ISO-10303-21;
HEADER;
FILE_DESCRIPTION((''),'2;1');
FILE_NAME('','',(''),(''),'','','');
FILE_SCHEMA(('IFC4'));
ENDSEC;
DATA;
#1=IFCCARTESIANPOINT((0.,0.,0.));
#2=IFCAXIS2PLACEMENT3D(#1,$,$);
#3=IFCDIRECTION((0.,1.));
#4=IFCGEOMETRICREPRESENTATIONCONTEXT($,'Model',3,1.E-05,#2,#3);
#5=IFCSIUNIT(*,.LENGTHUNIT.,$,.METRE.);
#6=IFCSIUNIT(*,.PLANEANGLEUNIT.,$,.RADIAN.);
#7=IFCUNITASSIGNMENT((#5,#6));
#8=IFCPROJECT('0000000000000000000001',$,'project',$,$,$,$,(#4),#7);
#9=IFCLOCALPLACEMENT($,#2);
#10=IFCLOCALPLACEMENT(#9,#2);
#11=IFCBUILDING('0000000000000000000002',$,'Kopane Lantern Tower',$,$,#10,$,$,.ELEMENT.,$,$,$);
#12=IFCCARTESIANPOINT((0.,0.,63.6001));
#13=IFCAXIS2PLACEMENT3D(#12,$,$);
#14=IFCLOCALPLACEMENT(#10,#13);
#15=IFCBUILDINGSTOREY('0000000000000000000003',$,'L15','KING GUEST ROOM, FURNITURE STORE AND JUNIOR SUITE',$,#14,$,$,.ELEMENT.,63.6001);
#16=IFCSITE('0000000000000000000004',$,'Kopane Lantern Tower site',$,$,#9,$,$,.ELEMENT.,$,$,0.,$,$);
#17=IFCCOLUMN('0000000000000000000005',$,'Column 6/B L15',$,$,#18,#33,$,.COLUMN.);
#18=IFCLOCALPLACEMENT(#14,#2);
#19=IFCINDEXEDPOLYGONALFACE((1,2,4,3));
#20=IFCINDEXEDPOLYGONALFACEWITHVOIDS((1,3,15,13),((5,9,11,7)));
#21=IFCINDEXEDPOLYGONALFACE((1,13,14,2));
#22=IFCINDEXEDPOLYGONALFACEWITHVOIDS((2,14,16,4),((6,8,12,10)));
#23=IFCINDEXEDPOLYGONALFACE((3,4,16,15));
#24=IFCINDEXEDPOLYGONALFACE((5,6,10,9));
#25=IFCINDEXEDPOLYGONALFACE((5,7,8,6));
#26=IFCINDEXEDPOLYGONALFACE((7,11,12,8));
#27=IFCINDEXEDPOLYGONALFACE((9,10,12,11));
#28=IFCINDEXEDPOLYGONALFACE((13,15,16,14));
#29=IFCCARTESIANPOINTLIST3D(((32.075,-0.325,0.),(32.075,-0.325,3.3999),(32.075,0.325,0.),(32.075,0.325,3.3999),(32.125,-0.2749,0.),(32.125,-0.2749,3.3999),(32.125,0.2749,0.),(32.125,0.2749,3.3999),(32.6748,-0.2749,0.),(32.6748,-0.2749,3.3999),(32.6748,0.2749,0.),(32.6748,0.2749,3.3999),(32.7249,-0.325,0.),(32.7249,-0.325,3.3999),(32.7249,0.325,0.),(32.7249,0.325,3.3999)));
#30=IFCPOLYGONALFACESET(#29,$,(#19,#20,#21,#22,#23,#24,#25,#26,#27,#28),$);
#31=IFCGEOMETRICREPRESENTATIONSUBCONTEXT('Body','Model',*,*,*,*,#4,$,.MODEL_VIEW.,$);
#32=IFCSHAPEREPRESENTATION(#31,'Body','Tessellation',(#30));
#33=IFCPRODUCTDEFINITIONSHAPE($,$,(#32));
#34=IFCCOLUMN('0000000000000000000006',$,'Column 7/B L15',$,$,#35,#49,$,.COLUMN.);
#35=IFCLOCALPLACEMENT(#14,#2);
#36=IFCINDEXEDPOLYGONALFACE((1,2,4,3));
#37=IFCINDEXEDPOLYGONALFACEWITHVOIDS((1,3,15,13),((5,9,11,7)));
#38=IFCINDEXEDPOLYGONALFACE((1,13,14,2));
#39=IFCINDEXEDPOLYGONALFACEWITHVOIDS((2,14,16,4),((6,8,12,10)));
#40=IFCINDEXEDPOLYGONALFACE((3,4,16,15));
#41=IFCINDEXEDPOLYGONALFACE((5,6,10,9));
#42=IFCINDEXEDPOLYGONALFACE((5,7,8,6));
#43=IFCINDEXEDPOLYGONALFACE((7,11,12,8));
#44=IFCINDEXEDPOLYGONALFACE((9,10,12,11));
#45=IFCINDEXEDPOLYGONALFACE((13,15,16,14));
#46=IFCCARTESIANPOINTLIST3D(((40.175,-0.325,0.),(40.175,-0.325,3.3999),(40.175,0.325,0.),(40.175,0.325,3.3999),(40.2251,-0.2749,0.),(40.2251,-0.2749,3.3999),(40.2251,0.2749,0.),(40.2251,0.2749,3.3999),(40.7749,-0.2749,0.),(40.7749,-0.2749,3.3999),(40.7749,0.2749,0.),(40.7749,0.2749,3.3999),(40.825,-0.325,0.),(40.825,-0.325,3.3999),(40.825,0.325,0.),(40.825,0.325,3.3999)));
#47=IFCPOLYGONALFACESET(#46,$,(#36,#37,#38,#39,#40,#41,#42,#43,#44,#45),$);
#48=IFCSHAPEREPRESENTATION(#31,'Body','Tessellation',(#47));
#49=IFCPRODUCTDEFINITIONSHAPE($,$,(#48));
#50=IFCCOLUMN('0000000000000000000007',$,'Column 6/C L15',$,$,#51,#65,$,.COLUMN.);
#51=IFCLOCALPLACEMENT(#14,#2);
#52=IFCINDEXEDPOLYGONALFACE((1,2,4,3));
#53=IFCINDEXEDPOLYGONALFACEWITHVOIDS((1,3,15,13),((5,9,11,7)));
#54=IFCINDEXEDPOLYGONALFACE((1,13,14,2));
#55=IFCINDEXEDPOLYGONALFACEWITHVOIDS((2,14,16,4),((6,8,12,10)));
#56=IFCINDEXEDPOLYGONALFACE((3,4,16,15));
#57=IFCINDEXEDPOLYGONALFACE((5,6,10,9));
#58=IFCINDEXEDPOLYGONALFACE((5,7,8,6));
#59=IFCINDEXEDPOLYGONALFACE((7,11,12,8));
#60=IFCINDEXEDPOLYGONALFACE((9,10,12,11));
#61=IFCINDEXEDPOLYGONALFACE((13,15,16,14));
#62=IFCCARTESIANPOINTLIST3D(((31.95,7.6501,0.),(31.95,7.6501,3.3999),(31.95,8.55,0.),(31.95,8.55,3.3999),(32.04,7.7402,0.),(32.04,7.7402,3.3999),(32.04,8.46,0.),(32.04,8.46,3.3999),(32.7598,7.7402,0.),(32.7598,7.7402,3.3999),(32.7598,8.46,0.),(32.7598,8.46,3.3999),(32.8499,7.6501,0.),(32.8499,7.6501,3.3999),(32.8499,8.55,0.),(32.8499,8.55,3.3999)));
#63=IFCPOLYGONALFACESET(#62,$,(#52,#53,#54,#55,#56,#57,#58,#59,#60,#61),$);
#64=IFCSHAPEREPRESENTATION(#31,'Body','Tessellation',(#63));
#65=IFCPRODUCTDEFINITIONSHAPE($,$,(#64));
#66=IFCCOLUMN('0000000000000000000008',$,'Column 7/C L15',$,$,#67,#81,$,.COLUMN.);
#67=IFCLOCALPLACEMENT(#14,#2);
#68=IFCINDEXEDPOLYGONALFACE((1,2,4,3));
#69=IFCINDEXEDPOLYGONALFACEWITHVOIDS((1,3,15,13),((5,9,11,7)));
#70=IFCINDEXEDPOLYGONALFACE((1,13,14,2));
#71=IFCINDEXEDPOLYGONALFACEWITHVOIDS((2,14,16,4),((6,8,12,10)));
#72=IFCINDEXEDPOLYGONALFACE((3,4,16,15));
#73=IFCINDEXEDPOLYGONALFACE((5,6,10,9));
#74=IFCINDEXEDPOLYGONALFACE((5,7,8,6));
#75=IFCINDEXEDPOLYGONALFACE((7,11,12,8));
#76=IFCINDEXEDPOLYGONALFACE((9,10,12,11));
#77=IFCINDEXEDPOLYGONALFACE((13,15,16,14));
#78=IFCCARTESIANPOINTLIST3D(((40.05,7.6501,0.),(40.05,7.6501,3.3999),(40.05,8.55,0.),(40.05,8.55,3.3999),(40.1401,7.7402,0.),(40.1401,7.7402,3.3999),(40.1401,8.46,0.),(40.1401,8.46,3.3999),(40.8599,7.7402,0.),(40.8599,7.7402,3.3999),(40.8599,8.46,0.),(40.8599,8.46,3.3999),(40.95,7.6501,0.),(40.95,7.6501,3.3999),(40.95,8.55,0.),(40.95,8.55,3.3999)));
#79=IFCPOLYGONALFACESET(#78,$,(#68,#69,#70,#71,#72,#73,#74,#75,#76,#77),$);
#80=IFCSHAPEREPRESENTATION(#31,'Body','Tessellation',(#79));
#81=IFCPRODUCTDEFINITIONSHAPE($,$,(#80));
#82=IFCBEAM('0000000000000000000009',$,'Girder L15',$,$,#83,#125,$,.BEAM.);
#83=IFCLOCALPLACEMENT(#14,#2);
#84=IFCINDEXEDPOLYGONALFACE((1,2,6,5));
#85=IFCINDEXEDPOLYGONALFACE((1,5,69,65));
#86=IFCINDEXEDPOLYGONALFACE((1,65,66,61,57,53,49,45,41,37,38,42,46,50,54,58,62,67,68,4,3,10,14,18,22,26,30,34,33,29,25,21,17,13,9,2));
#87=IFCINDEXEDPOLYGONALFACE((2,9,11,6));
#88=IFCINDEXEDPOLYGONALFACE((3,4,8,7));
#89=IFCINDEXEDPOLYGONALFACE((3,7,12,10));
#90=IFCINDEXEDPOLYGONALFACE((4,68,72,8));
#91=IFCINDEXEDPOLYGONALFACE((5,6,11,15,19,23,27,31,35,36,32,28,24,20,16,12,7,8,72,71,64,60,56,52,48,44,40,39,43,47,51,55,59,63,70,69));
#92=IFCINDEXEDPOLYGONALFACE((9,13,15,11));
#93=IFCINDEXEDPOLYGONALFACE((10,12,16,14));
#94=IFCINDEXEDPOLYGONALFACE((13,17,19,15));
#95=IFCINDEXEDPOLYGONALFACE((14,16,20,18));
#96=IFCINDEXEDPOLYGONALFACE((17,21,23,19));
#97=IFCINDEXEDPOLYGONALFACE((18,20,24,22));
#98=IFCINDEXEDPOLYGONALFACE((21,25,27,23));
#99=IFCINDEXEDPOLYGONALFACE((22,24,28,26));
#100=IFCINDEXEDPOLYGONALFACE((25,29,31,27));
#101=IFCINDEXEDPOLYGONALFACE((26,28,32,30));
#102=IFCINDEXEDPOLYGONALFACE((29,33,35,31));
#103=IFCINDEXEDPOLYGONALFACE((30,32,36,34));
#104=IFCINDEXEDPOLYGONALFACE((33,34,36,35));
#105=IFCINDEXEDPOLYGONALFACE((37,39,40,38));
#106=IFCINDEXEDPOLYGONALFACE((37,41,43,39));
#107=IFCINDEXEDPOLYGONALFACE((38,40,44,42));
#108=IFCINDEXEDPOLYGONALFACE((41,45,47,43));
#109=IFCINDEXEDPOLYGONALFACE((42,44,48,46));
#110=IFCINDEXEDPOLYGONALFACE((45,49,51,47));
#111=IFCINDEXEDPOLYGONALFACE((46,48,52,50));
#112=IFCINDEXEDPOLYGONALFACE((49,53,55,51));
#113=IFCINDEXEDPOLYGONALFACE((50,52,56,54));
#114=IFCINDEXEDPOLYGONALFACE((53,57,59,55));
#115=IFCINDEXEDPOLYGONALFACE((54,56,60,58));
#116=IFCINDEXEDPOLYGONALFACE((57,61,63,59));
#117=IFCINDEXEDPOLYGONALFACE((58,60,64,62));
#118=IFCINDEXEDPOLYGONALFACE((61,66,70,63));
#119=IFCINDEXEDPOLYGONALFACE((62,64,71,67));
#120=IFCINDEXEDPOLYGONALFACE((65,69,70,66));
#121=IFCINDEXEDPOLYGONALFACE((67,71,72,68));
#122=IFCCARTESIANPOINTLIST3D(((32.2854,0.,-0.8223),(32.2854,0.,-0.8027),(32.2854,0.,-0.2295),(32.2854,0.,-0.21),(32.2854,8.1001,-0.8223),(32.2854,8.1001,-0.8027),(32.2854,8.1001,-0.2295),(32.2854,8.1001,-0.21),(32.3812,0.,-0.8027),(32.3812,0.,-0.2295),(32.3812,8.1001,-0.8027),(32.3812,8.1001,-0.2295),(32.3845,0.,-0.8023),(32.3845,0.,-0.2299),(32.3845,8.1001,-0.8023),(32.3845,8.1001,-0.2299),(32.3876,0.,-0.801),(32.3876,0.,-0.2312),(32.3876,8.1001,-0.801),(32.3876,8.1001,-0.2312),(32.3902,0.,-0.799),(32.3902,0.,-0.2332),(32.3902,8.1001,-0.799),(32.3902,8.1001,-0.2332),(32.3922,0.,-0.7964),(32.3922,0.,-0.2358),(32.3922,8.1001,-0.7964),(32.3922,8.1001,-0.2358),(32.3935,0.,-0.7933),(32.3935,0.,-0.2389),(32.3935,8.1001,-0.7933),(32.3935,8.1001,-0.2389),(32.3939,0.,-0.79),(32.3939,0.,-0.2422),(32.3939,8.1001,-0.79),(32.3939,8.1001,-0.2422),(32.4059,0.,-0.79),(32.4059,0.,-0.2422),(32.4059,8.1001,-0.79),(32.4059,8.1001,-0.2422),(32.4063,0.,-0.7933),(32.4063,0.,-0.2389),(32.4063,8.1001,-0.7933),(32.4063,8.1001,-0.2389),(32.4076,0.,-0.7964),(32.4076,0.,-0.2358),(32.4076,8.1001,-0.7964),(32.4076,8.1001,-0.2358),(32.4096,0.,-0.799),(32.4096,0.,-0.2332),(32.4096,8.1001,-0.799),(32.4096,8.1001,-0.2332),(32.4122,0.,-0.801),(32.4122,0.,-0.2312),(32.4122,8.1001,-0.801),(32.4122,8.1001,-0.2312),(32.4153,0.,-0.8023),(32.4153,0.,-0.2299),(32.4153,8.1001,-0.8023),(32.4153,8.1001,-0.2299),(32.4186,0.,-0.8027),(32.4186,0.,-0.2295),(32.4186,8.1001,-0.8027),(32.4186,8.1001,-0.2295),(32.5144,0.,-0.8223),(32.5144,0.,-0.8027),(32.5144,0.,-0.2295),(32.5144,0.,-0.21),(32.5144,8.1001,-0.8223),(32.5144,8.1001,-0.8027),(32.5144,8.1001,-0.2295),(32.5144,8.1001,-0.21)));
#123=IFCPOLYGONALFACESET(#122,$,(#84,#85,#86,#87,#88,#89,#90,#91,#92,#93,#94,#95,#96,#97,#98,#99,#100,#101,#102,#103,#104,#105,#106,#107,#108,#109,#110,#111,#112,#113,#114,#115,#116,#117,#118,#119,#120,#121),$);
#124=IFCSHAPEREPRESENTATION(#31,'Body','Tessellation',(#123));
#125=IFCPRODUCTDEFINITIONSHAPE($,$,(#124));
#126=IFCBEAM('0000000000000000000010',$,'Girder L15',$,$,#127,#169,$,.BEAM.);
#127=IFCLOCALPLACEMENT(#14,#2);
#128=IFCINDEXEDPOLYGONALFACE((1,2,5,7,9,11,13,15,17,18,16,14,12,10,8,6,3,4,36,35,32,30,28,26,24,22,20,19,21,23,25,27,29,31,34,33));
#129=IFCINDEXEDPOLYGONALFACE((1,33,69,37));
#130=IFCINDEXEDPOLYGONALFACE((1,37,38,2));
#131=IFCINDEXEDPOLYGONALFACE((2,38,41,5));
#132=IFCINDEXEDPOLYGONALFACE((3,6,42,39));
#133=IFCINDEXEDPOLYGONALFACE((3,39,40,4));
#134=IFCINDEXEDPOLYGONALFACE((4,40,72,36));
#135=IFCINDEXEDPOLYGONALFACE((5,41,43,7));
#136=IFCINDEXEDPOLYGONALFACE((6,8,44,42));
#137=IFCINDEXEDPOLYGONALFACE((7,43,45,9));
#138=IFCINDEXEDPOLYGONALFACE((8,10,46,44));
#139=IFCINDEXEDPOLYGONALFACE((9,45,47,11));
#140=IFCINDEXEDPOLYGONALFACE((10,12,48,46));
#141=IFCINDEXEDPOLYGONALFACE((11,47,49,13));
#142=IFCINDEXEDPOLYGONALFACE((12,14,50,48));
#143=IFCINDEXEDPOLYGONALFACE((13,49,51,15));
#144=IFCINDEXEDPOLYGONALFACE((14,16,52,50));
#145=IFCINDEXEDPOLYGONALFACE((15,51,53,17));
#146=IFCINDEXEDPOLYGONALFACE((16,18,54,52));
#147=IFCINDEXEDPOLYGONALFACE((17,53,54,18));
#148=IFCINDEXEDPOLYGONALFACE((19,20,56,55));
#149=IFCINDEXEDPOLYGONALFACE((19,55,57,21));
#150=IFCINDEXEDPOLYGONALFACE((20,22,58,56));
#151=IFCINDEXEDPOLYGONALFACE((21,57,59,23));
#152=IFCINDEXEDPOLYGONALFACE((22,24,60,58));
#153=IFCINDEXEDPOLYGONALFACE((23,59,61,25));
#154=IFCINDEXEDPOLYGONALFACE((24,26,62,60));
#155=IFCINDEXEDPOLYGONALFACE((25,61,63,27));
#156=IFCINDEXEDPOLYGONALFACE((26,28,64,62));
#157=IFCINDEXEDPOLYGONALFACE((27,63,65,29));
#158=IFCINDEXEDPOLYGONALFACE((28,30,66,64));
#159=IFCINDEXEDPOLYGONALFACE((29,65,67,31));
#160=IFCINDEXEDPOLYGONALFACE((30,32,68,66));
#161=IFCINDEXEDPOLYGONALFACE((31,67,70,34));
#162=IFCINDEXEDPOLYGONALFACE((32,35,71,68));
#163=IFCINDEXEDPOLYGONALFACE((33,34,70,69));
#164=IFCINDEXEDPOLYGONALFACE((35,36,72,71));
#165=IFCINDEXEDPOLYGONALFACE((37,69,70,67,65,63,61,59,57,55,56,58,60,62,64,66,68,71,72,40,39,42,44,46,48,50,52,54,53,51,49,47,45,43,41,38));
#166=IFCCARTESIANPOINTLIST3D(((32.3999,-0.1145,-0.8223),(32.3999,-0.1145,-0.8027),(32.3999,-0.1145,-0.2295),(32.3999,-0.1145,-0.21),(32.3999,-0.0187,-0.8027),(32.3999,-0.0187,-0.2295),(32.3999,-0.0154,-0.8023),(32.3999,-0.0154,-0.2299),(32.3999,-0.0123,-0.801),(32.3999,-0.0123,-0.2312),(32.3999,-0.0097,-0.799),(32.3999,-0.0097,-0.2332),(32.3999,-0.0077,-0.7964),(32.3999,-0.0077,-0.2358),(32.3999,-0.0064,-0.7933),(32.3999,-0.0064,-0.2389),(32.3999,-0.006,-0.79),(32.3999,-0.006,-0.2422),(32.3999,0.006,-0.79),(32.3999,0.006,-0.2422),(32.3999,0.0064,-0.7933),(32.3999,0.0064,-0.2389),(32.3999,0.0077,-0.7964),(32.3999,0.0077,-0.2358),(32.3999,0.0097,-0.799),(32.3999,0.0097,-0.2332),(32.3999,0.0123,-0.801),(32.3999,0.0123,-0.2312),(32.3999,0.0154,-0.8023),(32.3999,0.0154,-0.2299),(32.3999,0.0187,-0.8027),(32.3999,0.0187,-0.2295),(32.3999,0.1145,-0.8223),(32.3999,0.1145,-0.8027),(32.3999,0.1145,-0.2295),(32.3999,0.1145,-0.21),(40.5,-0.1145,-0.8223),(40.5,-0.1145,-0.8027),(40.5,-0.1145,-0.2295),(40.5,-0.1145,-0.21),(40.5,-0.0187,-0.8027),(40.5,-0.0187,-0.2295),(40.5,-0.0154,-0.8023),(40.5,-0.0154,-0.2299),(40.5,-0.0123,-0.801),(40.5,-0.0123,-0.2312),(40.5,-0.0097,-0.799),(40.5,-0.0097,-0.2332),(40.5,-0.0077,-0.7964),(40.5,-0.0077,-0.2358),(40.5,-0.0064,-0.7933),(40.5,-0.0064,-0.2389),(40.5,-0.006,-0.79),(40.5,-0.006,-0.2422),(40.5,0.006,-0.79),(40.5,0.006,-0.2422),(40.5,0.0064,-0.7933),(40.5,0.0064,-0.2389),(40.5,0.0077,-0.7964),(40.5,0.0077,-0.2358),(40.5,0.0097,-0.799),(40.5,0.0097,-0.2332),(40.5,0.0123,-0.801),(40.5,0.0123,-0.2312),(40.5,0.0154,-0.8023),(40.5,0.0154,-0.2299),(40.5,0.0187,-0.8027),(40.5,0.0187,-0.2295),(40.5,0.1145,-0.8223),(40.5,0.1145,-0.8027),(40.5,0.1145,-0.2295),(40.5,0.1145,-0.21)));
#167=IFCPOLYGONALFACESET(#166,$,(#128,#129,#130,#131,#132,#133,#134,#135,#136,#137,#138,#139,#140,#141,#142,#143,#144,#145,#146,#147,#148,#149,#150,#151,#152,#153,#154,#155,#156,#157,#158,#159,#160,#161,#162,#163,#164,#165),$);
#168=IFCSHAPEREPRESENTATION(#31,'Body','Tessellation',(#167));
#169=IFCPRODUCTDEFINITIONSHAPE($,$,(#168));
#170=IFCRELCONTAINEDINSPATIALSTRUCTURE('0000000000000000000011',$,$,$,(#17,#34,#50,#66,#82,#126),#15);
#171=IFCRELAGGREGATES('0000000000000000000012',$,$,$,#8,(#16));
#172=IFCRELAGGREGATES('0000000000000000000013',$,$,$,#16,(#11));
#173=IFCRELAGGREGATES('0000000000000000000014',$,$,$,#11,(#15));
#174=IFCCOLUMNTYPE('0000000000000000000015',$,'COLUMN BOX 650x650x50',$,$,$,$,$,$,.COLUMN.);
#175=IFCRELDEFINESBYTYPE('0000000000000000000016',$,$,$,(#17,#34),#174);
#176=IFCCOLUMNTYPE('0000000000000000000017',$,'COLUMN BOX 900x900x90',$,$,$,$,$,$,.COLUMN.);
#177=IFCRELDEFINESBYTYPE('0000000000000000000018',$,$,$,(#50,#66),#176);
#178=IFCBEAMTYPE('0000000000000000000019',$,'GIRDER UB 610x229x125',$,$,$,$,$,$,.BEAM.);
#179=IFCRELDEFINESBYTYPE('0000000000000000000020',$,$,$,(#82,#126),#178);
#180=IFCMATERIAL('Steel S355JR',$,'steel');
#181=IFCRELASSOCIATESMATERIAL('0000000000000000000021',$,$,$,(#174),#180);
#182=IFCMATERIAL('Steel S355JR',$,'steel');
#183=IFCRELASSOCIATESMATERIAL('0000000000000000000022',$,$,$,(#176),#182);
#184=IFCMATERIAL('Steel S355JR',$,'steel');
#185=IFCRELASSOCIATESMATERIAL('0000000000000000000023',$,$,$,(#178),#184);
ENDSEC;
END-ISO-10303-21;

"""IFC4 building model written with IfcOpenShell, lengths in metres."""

from ifc_helpers import new_model, si_unit, direction, frame, origin, origin_2d, place, context, subcontext, project, spatial, hollow_rectangle, i_section, extrude, material, material_profile, profile_set, type_object, element, save


model = new_model("IFC4")

# Units and contexts
model_context = context("Model", 3, precision=1e-05, world=origin(), true_north=direction((0.0, 1.0)))
body_context = subcontext(model_context, "Body", "Model", "MODEL_VIEW")
ifc_project = project(units=[si_unit("LENGTHUNIT", "METRE"), si_unit("PLANEANGLEUNIT", "RADIAN")], contexts=[model_context])

# Site, building, storey
site_placement = place(None, origin())
site = spatial("IfcSite", under=ifc_project, at=site_placement, Name="Kopane Lantern Tower site", CompositionType="ELEMENT", RefElevation=0.0)
building_placement = place(site_placement, origin())
building = spatial("IfcBuilding", under=site, at=building_placement, Name="Kopane Lantern Tower", CompositionType="ELEMENT")
storey_placement = place(building_placement, frame((0.0, 0.0, 63.6001)))
storey = spatial("IfcBuildingStorey", under=building, at=storey_placement, Name="L15", Description="KING GUEST ROOM, FURNITURE STORE AND JUNIOR SUITE", CompositionType="ELEMENT", Elevation=63.6001)

# Columns
ifc_material_1 = material(Name="Steel S355JR", Category="steel")
ifc_material_profile_1 = material_profile(ifc_material_1, hollow_rectangle(XDim=0.6499, YDim=0.6499, WallThickness=0.05, at=origin_2d()), Name="BOX 650x650x50")
ifc_profile_set_1 = profile_set([ifc_material_profile_1], Name="Steel S355JR")
column_type_1 = type_object("IfcColumnType", Name="COLUMN BOX 650x650x50", PredefinedType="COLUMN", material=ifc_profile_set_1)
for number, where, z_axis, x_axis, name in (
    (1, (32.3999, 0.0, 0.0), (0.0, 0.0, 1.0), (1.0, 0.0, 0.0), "Column 6/B L15"),
    (2, (40.5, 0.0, 0.0), (0.0, 0.0, 1.0), (1.0, 0.0, 0.0), "Column 7/B L15"),
):
    element("IfcColumn", number, at=place(storey_placement, frame(where, z_axis=z_axis, x_axis=x_axis)), inside=storey, type_object=column_type_1, Name=name, PredefinedType="COLUMN", context=body_context, shape_type="SweptSolid", body=[
        extrude(hollow_rectangle(XDim=0.6499, YDim=0.6499, WallThickness=0.05, at=origin_2d()), origin(), (0.0, 0.0, 1.0), 3.3999),
    ])
ifc_material_2 = material(Name="Steel S355JR", Category="steel")
ifc_material_profile_2 = material_profile(ifc_material_2, hollow_rectangle(XDim=0.8999, YDim=0.8999, WallThickness=0.0901, at=origin_2d()), Name="BOX 900x900x90")
ifc_profile_set_2 = profile_set([ifc_material_profile_2], Name="Steel S355JR")
column_type_2 = type_object("IfcColumnType", Name="COLUMN BOX 900x900x90", PredefinedType="COLUMN", material=ifc_profile_set_2)
for number, where, z_axis, x_axis, name in (
    (3, (32.3999, 8.1001, 0.0), (0.0, 0.0, 1.0), (1.0, 0.0, 0.0), "Column 6/C L15"),
    (4, (40.5, 8.1001, 0.0), (0.0, 0.0, 1.0), (1.0, 0.0, 0.0), "Column 7/C L15"),
):
    element("IfcColumn", number, at=place(storey_placement, frame(where, z_axis=z_axis, x_axis=x_axis)), inside=storey, type_object=column_type_2, Name=name, PredefinedType="COLUMN", context=body_context, shape_type="SweptSolid", body=[
        extrude(hollow_rectangle(XDim=0.8999, YDim=0.8999, WallThickness=0.0901, at=origin_2d()), origin(), (0.0, 0.0, 1.0), 3.3999),
    ])

# Beams
ifc_material_3 = material(Name="Steel S355JR", Category="steel")
ifc_material_profile_3 = material_profile(ifc_material_3, i_section(OverallWidth=0.229, OverallDepth=0.6123, WebThickness=0.012, FlangeThickness=0.0195, FilletRadius=0.0127, at=origin_2d()), Name="UB 610x229x125")
ifc_profile_set_3 = profile_set([ifc_material_profile_3], Name="Steel S355JR")
beam_type = type_object("IfcBeamType", Name="GIRDER UB 610x229x125", PredefinedType="BEAM", material=ifc_profile_set_3)
for number, where, z_axis, x_axis, name in (
    (5, (32.3999, 0.0, -0.5161), (0.0, 1.0, 0.0), (-1.0, 0.0, 0.0), "Girder L15"),
    (6, (32.3999, 0.0, -0.5161), (1.0, 0.0, 0.0), (0.0, 1.0, 0.0), "Girder L15"),
):
    element("IfcBeam", number, at=place(storey_placement, frame(where, z_axis=z_axis, x_axis=x_axis)), inside=storey, type_object=beam_type, Name=name, PredefinedType="BEAM", context=body_context, shape_type="SweptSolid", body=[
        extrude(i_section(OverallWidth=0.229, OverallDepth=0.6123, WebThickness=0.012, FlangeThickness=0.0195, FilletRadius=0.0127, at=origin_2d()), origin(), (0.0, 0.0, 1.0), 8.1001),
    ])

save(model, "model.ifc")
